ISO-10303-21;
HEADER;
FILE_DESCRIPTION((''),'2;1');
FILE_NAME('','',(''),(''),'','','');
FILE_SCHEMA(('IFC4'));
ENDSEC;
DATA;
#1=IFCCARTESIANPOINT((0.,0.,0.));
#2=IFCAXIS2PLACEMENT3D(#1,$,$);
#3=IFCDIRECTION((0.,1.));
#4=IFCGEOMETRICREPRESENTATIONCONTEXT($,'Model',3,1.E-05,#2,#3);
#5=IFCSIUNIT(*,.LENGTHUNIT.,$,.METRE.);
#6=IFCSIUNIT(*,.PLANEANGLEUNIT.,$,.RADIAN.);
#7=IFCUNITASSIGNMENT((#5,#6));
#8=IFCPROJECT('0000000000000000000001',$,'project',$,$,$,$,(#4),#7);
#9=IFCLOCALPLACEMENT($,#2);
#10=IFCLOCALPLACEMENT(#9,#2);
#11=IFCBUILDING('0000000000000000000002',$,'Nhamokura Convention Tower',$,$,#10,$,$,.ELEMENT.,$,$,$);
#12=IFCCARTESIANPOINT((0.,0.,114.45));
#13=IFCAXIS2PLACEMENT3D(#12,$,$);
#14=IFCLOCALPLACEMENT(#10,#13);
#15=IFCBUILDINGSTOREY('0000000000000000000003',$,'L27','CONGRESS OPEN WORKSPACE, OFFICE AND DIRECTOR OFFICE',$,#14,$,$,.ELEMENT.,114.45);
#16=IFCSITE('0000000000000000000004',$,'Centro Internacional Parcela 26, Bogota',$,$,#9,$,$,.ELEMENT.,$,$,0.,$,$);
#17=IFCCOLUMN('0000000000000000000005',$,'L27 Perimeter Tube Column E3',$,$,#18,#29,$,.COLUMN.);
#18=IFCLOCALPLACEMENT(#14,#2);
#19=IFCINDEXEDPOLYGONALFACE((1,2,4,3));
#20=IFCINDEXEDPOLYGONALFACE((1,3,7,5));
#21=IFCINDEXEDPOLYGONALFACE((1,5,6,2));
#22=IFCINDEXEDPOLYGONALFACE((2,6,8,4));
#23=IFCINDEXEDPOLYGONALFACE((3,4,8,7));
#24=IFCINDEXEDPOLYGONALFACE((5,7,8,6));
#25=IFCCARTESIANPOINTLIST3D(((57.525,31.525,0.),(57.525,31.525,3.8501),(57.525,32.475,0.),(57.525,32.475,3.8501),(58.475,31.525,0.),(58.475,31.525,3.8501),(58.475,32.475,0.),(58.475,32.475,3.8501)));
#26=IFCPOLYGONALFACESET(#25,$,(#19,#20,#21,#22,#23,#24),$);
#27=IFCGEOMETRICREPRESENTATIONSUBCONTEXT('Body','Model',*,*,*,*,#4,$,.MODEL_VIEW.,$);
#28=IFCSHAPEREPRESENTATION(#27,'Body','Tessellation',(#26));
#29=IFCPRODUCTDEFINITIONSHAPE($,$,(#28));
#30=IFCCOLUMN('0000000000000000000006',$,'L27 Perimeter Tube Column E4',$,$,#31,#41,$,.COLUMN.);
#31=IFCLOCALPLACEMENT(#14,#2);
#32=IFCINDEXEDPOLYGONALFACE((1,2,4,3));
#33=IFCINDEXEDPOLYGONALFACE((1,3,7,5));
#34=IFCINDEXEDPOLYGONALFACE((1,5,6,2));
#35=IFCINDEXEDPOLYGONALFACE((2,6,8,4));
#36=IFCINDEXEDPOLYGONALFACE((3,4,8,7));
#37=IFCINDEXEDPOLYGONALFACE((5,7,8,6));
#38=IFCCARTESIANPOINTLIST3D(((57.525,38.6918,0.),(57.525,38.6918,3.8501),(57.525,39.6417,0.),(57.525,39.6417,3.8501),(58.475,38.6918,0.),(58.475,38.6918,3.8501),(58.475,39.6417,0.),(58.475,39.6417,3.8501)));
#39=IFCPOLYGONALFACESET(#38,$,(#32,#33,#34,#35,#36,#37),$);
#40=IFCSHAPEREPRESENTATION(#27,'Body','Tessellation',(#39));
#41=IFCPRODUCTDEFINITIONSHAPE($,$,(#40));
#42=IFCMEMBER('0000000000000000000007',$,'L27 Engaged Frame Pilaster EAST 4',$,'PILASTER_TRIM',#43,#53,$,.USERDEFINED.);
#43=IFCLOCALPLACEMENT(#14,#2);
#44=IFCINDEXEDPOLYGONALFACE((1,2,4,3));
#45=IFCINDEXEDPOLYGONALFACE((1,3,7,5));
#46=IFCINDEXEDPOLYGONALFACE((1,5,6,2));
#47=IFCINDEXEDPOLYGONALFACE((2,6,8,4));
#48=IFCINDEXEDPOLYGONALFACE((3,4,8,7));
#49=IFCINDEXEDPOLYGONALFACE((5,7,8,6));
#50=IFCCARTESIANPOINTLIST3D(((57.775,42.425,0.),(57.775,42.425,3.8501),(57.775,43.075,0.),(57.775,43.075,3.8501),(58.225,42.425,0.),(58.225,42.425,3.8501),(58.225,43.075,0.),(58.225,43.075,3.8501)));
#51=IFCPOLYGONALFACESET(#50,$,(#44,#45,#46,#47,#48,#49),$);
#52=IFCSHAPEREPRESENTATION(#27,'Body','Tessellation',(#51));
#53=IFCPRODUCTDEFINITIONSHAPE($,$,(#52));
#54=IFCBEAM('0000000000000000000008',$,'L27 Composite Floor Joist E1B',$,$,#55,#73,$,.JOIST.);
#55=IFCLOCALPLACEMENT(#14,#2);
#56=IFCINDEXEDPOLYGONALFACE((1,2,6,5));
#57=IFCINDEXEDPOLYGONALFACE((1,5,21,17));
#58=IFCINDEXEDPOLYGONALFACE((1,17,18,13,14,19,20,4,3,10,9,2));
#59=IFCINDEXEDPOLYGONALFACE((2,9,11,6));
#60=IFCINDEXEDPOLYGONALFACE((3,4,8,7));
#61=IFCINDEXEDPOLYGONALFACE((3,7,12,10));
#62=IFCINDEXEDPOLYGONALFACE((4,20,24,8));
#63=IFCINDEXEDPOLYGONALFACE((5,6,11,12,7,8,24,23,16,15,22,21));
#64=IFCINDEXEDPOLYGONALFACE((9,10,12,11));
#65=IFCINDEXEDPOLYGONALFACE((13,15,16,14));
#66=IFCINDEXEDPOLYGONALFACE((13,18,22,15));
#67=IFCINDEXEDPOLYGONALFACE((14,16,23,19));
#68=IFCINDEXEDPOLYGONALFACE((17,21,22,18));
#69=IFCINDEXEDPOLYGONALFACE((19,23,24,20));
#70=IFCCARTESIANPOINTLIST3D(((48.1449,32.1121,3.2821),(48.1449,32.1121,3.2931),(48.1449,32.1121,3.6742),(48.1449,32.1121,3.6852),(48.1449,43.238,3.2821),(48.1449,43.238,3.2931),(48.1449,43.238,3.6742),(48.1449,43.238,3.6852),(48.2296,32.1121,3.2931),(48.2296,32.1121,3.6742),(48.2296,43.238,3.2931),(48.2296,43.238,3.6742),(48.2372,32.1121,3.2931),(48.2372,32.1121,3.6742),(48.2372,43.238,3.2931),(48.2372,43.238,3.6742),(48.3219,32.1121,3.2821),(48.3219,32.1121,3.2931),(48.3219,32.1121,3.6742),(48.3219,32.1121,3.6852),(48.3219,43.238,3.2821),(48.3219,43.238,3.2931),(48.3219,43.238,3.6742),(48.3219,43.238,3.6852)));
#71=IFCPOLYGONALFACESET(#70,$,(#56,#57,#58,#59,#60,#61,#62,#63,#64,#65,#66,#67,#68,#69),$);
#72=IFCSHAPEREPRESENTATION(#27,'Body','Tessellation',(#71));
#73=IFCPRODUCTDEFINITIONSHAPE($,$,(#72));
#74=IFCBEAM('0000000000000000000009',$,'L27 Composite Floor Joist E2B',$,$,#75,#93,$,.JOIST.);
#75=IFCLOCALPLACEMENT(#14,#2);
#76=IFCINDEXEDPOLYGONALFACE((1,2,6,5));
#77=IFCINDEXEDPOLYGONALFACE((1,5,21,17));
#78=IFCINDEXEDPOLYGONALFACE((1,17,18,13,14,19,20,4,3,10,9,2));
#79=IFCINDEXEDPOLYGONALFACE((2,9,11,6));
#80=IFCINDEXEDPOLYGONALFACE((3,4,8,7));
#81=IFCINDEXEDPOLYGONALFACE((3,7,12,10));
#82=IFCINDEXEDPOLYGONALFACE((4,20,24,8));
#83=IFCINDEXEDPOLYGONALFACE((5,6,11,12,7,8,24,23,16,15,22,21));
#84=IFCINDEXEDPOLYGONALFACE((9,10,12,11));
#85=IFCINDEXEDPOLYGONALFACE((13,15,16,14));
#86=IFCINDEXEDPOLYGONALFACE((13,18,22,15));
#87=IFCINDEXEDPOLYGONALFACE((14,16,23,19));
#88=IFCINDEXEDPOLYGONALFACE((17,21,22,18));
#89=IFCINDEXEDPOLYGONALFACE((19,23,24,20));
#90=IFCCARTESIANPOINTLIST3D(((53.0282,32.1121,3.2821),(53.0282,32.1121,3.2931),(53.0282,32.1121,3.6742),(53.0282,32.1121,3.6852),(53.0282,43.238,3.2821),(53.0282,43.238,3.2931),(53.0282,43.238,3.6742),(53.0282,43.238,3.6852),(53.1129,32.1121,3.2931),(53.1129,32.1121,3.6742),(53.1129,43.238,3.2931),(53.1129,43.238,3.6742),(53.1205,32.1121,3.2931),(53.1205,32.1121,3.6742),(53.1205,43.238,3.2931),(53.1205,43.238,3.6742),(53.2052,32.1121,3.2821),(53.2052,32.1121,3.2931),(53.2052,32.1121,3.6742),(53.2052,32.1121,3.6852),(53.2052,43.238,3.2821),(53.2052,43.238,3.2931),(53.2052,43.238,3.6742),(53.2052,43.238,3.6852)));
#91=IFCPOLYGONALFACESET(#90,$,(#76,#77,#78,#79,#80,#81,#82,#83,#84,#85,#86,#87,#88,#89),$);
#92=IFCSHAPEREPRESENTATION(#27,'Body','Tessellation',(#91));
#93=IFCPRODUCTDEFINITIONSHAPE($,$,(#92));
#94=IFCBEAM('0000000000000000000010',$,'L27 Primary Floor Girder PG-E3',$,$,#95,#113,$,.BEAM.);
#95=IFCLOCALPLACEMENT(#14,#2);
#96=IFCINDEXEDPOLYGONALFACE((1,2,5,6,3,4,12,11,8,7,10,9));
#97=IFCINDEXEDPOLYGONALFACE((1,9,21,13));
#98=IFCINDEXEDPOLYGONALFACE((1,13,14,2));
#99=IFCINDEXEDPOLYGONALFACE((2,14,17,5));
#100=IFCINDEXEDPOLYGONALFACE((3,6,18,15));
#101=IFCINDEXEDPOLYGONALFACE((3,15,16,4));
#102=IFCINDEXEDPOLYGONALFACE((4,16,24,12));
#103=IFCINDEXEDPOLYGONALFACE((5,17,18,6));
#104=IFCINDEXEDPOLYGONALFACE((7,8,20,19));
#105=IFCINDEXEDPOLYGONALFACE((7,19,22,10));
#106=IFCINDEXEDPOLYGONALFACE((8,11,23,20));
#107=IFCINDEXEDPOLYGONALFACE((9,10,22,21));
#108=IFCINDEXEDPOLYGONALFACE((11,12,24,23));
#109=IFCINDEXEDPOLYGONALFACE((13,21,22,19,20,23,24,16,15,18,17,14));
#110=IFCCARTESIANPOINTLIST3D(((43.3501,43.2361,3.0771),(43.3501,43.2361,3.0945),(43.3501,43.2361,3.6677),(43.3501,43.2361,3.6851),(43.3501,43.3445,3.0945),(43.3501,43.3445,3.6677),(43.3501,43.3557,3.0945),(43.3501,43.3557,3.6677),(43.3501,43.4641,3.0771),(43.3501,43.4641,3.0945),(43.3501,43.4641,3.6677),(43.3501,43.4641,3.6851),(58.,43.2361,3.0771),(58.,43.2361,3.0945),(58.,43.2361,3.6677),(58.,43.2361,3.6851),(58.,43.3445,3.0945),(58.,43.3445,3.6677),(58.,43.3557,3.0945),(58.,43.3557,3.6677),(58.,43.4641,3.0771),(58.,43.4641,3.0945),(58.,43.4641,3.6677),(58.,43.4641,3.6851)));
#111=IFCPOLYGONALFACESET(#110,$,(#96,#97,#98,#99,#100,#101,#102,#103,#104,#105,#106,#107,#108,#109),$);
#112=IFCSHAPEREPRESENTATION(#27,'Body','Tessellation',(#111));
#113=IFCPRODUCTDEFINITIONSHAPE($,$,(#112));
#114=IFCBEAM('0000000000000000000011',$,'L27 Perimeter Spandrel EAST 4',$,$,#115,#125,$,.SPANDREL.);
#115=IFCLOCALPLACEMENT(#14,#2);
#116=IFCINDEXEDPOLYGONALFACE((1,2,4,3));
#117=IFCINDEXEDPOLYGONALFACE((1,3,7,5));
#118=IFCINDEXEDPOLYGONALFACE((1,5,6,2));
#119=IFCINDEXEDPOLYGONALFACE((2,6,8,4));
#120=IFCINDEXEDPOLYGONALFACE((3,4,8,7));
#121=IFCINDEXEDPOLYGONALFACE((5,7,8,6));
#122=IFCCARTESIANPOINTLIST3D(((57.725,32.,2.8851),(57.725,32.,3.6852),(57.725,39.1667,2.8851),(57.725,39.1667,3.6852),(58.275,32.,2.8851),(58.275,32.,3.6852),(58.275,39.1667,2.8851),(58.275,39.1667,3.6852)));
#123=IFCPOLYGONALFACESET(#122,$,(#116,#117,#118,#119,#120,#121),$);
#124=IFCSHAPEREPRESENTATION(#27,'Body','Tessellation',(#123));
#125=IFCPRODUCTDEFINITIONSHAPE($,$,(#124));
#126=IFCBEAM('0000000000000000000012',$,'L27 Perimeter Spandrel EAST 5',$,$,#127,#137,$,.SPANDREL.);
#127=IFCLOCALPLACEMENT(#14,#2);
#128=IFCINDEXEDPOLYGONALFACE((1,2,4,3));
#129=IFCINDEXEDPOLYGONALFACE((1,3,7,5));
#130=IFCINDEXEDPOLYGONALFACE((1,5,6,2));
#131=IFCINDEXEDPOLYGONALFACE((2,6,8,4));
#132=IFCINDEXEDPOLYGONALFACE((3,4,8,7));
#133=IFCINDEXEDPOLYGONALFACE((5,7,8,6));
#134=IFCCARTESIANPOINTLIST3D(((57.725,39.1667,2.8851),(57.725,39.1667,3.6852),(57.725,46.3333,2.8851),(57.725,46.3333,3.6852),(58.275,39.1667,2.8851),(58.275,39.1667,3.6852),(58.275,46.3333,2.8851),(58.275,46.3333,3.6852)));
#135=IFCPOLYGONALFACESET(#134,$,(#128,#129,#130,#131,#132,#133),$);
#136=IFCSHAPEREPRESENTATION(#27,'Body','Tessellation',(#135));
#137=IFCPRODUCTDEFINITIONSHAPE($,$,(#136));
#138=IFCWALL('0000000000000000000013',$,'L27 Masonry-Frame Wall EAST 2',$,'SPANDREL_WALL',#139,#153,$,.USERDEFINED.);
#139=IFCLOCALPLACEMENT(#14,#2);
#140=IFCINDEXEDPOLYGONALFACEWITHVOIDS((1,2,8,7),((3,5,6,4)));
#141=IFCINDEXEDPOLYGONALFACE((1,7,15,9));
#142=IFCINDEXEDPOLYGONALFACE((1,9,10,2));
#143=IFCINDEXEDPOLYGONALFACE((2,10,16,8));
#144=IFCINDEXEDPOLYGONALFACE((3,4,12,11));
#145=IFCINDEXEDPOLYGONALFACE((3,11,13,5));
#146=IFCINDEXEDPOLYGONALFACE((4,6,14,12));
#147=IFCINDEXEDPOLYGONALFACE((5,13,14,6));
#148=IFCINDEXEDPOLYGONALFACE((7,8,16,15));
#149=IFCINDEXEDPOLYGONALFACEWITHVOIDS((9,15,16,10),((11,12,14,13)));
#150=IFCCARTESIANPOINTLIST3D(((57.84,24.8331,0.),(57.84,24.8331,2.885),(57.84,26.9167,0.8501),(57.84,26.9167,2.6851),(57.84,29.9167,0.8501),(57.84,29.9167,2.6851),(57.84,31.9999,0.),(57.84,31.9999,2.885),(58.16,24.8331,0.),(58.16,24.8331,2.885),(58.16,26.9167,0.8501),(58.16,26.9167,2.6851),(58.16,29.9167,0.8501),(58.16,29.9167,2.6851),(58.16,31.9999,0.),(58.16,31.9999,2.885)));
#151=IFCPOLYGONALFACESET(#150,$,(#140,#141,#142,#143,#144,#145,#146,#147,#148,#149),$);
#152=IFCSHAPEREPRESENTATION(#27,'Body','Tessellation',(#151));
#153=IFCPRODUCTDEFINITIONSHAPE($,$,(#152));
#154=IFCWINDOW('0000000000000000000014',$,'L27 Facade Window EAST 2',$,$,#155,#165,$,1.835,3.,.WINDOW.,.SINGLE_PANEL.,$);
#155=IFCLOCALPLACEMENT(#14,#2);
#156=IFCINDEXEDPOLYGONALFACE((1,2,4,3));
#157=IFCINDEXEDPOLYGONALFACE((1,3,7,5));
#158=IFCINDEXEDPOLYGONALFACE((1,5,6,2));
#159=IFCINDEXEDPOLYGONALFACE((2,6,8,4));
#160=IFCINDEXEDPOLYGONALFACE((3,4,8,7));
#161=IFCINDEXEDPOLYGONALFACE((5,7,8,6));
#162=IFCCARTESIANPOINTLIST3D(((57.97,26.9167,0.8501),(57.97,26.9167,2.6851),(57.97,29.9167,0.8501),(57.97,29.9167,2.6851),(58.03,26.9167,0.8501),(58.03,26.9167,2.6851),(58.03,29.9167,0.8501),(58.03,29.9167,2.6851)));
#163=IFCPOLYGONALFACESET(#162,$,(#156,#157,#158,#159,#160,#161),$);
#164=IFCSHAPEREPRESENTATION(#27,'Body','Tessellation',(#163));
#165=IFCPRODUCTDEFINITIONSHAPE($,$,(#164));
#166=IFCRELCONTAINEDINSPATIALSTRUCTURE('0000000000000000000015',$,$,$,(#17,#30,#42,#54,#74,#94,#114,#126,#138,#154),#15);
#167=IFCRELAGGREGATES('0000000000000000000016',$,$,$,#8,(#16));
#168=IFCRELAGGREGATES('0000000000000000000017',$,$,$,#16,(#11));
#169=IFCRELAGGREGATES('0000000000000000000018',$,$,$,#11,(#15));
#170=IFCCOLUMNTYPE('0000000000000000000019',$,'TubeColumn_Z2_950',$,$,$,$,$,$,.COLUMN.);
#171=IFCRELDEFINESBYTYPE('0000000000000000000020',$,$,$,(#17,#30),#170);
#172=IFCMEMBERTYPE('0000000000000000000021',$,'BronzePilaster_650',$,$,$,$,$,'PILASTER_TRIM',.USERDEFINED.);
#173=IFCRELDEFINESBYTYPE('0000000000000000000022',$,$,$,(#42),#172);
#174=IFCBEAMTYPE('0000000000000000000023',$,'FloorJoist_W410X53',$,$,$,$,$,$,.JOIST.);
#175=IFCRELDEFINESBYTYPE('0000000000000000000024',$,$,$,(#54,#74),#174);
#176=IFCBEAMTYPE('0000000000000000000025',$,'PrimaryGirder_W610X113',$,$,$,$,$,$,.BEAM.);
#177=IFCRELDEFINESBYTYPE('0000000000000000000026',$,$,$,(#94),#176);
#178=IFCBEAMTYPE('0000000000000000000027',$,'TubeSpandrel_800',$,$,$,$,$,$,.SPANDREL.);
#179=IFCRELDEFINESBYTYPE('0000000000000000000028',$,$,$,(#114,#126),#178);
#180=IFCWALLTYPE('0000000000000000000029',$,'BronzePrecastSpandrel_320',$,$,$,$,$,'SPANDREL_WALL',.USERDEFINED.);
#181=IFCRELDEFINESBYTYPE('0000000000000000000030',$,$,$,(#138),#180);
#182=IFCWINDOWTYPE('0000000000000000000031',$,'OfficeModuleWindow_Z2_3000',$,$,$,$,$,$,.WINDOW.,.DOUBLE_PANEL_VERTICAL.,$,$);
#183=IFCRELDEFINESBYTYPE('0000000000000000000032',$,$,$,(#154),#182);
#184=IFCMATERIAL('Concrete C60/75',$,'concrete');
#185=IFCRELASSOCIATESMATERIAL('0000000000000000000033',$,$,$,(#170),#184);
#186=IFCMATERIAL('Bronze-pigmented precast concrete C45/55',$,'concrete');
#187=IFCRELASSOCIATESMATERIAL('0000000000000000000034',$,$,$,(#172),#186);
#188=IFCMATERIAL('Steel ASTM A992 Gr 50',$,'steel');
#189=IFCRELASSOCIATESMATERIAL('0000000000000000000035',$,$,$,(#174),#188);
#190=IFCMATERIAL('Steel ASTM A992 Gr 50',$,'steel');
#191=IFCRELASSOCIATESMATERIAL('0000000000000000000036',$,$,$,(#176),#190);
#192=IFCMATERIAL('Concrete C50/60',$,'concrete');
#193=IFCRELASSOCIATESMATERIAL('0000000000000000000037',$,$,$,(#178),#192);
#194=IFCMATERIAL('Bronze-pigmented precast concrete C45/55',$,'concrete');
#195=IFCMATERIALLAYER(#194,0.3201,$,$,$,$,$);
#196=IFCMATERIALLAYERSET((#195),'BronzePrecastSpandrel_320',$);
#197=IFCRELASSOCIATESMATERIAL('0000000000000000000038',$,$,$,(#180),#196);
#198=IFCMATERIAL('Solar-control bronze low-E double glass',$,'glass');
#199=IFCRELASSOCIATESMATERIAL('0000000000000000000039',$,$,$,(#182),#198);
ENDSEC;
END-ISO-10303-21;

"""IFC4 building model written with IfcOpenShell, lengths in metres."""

from ifc_helpers import new_model, si_unit, direction, frame, frame_2d, origin, origin_2d, place, context, subcontext, project, spatial, rectangle, i_section, extrude, material, layer, layer_set, material_profile, profile_set, type_object, element, fill, save


model = new_model("IFC4")

# Units and contexts
model_context = context("Model", 3, precision=1e-05, world=origin(), true_north=direction((0.0, 1.0)))
body_context = subcontext(model_context, "Body", "Model", "MODEL_VIEW")
ifc_project = project(units=[si_unit("LENGTHUNIT", "METRE"), si_unit("PLANEANGLEUNIT", "RADIAN")], contexts=[model_context])

# Site, building, storey
site_placement = place(None, origin())
site = spatial("IfcSite", under=ifc_project, at=site_placement, Name="Centro Internacional Parcela 26, Bogota", CompositionType="ELEMENT", RefElevation=0.0)
building_placement = place(site_placement, origin())
building = spatial("IfcBuilding", under=site, at=building_placement, Name="Nhamokura Convention Tower", CompositionType="ELEMENT")
storey_placement = place(building_placement, frame((0.0, 0.0, 114.45)))
storey = spatial("IfcBuildingStorey", under=building, at=storey_placement, Name="L27", Description="CONGRESS OPEN WORKSPACE, OFFICE AND DIRECTOR OFFICE", CompositionType="ELEMENT", Elevation=114.45)

# Columns
ifc_material_1 = material(Name="Concrete C60/75", Category="concrete")
ifc_material_profile_1 = material_profile(ifc_material_1, rectangle(XDim=0.95, YDim=0.95, at=origin_2d()))
ifc_profile_set_1 = profile_set([ifc_material_profile_1], Name="Concrete C60/75")
column_type = type_object("IfcColumnType", Name="TubeColumn_Z2_950", PredefinedType="COLUMN", material=ifc_profile_set_1)
for number, where, z_axis, x_axis, name in (
    (1, (58.0, 32.0, 0.0), (0.0, 0.0, 1.0), (1.0, 0.0, 0.0), "L27 Perimeter Tube Column E3"),
    (2, (58.0, 39.1667, 0.0), (0.0, 0.0, 1.0), (1.0, 0.0, 0.0), "L27 Perimeter Tube Column E4"),
):
    element("IfcColumn", number, at=place(storey_placement, frame(where, z_axis=z_axis, x_axis=x_axis)), inside=storey, type_object=column_type, Name=name, PredefinedType="COLUMN", context=body_context, shape_type="SweptSolid", body=[
        extrude(rectangle(XDim=0.95, YDim=0.95, at=origin_2d()), origin(), (0.0, 0.0, 1.0), 3.8501),
    ])

# Member
ifc_material_2 = material(Name="Bronze-pigmented precast concrete C45/55", Category="concrete")
ifc_material_profile_2 = material_profile(ifc_material_2, rectangle(XDim=0.45, YDim=0.6499, at=origin_2d()))
ifc_profile_set_2 = profile_set([ifc_material_profile_2], Name="Bronze-pigmented precast concrete C45/55")
member_type = type_object("IfcMemberType", Name="BronzePilaster_650", ElementType="PILASTER_TRIM", PredefinedType="USERDEFINED", material=ifc_profile_set_2)
member_placement = place(storey_placement, frame((58.0, 42.75, 0.0), z_axis=(0.0, 0.0, 1.0), x_axis=(1.0, 0.0, 0.0)))
element("IfcMember", 3, at=member_placement, inside=storey, type_object=member_type, Name="L27 Engaged Frame Pilaster EAST 4", ObjectType="PILASTER_TRIM", PredefinedType="USERDEFINED", context=body_context, shape_type="SweptSolid", body=[
    extrude(rectangle(XDim=0.45, YDim=0.6499, at=origin_2d()), origin(), (0.0, 0.0, 1.0), 3.8501),
])

# Beams
ifc_material_3 = material(Name="Steel ASTM A992 Gr 50", Category="steel")
ifc_material_profile_3 = material_profile(ifc_material_3, i_section(OverallWidth=0.177, OverallDepth=0.4031, WebThickness=0.0076, FlangeThickness=0.011, at=origin_2d()))
ifc_profile_set_3 = profile_set([ifc_material_profile_3], Name="Steel ASTM A992 Gr 50")
beam_type_1 = type_object("IfcBeamType", Name="FloorJoist_W410X53", PredefinedType="JOIST", material=ifc_profile_set_3)
for number, where, z_axis, x_axis, name in (
    (4, (48.2334, 32.1121, 3.4836), (0.0, 1.0, 0.0), (-1.0, 0.0, 0.0), "L27 Composite Floor Joist E1B"),
    (5, (53.1167, 32.1121, 3.4836), (0.0, 1.0, 0.0), (-1.0, 0.0, 0.0), "L27 Composite Floor Joist E2B"),
):
    element("IfcBeam", number, at=place(storey_placement, frame(where, z_axis=z_axis, x_axis=x_axis)), inside=storey, type_object=beam_type_1, Name=name, PredefinedType="JOIST", context=body_context, shape_type="SweptSolid", body=[
        extrude(i_section(OverallWidth=0.177, OverallDepth=0.4031, WebThickness=0.0076, FlangeThickness=0.011, at=origin_2d()), origin(), (0.0, 0.0, 1.0), 11.126),
    ])
ifc_material_4 = material(Name="Steel ASTM A992 Gr 50", Category="steel")
ifc_material_profile_4 = material_profile(ifc_material_4, i_section(OverallWidth=0.228, OverallDepth=0.6079, WebThickness=0.0112, FlangeThickness=0.0173, at=origin_2d()))
ifc_profile_set_4 = profile_set([ifc_material_profile_4], Name="Steel ASTM A992 Gr 50")
beam_type_2 = type_object("IfcBeamType", Name="PrimaryGirder_W610X113", PredefinedType="BEAM", material=ifc_profile_set_4)
beam_1_placement = place(storey_placement, frame((43.3501, 43.3501, 3.3811), z_axis=(1.0, 0.0, 0.0), x_axis=(0.0, 1.0, 0.0)))
element("IfcBeam", 6, at=beam_1_placement, inside=storey, type_object=beam_type_2, Name="L27 Primary Floor Girder PG-E3", PredefinedType="BEAM", context=body_context, shape_type="SweptSolid", body=[
    extrude(i_section(OverallWidth=0.228, OverallDepth=0.6079, WebThickness=0.0112, FlangeThickness=0.0173, at=origin_2d()), origin(), (0.0, 0.0, 1.0), 14.6499),
])
ifc_material_5 = material(Name="Concrete C50/60", Category="concrete")
ifc_material_profile_5 = material_profile(ifc_material_5, rectangle(XDim=0.55, YDim=0.8, at=origin_2d()))
ifc_profile_set_5 = profile_set([ifc_material_profile_5], Name="Concrete C50/60")
beam_type_3 = type_object("IfcBeamType", Name="TubeSpandrel_800", PredefinedType="SPANDREL", material=ifc_profile_set_5)
beam_2_placement = place(storey_placement, frame((58.0, 32.0, 3.2852), z_axis=(0.0, 1.0, 0.0), x_axis=(-1.0, 0.0, 0.0)))
element("IfcBeam", 7, at=beam_2_placement, inside=storey, type_object=beam_type_3, Name="L27 Perimeter Spandrel EAST 4", PredefinedType="SPANDREL", context=body_context, shape_type="SweptSolid", body=[
    extrude(rectangle(XDim=0.55, YDim=0.8, at=origin_2d()), origin(), (0.0, 0.0, 1.0), 7.1667),
])
beam_3_placement = place(storey_placement, frame((58.0, 39.1667, 3.2852), z_axis=(0.0, 1.0, 0.0), x_axis=(-1.0, 0.0, 0.0)))
element("IfcBeam", 8, at=beam_3_placement, inside=storey, type_object=beam_type_3, Name="L27 Perimeter Spandrel EAST 5", PredefinedType="SPANDREL", context=body_context, shape_type="SweptSolid", body=[
    extrude(rectangle(XDim=0.55, YDim=0.8, at=origin_2d()), origin(), (0.0, 0.0, 1.0), 7.1665),
])

# Wall, opening, window
ifc_material_6 = material(Name="Bronze-pigmented precast concrete C45/55", Category="concrete")
ifc_layer_1 = layer(ifc_material_6, 0.3201)
ifc_layer_set_1 = layer_set([ifc_layer_1], Name="BronzePrecastSpandrel_320")
wall_type_1 = type_object("IfcWallType", Name="BronzePrecastSpandrel_320", ElementType="SPANDREL_WALL", PredefinedType="USERDEFINED", material=ifc_layer_set_1)
wall_1_placement = place(storey_placement, frame((58.0, 32.0, 0.0), z_axis=(0.0, 0.0, 1.0), x_axis=(0.0, -1.0, 0.0)))
wall_1 = element("IfcWall", 9, at=wall_1_placement, inside=storey, type_object=wall_type_1, Name="L27 Masonry-Frame Wall EAST 2", ObjectType="SPANDREL_WALL", PredefinedType="USERDEFINED", context=body_context, shape_type="SweptSolid", body=[
    extrude(rectangle(XDim=7.1667, YDim=0.3201, at=frame_2d((3.5835, 0.0))), origin(), (0.0, 0.0, 1.0), 2.885),
])
opening_1_placement = place(wall_1_placement, frame((2.0833, 0.0, 0.8501)))
opening_1 = element("IfcOpeningElement", 10, at=opening_1_placement, cuts=wall_1, PredefinedType="OPENING", context=body_context, shape_type="SweptSolid", body=[
    extrude(rectangle(XDim=3.0, YDim=1.835, at=frame_2d((1.5, 0.9175))), frame((0.0, 0.1699, 0.0), z_axis=(0.0, -1.0, 0.0), x_axis=(1.0, 0.0, 0.0)), (0.0, 0.0, 1.0), 0.3401),
])
ifc_material_7 = material(Name="Solar-control bronze low-E double glass", Category="glass")
window_type = type_object("IfcWindowType", Name="OfficeModuleWindow_Z2_3000", PartitioningType="DOUBLE_PANEL_VERTICAL", PredefinedType="WINDOW", material=ifc_material_7)
window_1_placement = place(opening_1_placement, origin())
window_1 = element("IfcWindow", 11, at=window_1_placement, inside=storey, type_object=window_type, Name="L27 Facade Window EAST 2", OverallHeight=1.835, OverallWidth=3.0, PartitioningType="SINGLE_PANEL", PredefinedType="WINDOW", context=body_context, shape_type="SweptSolid", body=[
    extrude(rectangle(XDim=3.0, YDim=1.835, at=frame_2d((1.5, 0.9175))), frame((0.0, 0.03, 0.0), z_axis=(0.0, -1.0, 0.0), x_axis=(1.0, 0.0, 0.0)), (0.0, 0.0, 1.0), 0.0601),
])
fill(opening_1, window_1)

save(model, "model.ifc")
